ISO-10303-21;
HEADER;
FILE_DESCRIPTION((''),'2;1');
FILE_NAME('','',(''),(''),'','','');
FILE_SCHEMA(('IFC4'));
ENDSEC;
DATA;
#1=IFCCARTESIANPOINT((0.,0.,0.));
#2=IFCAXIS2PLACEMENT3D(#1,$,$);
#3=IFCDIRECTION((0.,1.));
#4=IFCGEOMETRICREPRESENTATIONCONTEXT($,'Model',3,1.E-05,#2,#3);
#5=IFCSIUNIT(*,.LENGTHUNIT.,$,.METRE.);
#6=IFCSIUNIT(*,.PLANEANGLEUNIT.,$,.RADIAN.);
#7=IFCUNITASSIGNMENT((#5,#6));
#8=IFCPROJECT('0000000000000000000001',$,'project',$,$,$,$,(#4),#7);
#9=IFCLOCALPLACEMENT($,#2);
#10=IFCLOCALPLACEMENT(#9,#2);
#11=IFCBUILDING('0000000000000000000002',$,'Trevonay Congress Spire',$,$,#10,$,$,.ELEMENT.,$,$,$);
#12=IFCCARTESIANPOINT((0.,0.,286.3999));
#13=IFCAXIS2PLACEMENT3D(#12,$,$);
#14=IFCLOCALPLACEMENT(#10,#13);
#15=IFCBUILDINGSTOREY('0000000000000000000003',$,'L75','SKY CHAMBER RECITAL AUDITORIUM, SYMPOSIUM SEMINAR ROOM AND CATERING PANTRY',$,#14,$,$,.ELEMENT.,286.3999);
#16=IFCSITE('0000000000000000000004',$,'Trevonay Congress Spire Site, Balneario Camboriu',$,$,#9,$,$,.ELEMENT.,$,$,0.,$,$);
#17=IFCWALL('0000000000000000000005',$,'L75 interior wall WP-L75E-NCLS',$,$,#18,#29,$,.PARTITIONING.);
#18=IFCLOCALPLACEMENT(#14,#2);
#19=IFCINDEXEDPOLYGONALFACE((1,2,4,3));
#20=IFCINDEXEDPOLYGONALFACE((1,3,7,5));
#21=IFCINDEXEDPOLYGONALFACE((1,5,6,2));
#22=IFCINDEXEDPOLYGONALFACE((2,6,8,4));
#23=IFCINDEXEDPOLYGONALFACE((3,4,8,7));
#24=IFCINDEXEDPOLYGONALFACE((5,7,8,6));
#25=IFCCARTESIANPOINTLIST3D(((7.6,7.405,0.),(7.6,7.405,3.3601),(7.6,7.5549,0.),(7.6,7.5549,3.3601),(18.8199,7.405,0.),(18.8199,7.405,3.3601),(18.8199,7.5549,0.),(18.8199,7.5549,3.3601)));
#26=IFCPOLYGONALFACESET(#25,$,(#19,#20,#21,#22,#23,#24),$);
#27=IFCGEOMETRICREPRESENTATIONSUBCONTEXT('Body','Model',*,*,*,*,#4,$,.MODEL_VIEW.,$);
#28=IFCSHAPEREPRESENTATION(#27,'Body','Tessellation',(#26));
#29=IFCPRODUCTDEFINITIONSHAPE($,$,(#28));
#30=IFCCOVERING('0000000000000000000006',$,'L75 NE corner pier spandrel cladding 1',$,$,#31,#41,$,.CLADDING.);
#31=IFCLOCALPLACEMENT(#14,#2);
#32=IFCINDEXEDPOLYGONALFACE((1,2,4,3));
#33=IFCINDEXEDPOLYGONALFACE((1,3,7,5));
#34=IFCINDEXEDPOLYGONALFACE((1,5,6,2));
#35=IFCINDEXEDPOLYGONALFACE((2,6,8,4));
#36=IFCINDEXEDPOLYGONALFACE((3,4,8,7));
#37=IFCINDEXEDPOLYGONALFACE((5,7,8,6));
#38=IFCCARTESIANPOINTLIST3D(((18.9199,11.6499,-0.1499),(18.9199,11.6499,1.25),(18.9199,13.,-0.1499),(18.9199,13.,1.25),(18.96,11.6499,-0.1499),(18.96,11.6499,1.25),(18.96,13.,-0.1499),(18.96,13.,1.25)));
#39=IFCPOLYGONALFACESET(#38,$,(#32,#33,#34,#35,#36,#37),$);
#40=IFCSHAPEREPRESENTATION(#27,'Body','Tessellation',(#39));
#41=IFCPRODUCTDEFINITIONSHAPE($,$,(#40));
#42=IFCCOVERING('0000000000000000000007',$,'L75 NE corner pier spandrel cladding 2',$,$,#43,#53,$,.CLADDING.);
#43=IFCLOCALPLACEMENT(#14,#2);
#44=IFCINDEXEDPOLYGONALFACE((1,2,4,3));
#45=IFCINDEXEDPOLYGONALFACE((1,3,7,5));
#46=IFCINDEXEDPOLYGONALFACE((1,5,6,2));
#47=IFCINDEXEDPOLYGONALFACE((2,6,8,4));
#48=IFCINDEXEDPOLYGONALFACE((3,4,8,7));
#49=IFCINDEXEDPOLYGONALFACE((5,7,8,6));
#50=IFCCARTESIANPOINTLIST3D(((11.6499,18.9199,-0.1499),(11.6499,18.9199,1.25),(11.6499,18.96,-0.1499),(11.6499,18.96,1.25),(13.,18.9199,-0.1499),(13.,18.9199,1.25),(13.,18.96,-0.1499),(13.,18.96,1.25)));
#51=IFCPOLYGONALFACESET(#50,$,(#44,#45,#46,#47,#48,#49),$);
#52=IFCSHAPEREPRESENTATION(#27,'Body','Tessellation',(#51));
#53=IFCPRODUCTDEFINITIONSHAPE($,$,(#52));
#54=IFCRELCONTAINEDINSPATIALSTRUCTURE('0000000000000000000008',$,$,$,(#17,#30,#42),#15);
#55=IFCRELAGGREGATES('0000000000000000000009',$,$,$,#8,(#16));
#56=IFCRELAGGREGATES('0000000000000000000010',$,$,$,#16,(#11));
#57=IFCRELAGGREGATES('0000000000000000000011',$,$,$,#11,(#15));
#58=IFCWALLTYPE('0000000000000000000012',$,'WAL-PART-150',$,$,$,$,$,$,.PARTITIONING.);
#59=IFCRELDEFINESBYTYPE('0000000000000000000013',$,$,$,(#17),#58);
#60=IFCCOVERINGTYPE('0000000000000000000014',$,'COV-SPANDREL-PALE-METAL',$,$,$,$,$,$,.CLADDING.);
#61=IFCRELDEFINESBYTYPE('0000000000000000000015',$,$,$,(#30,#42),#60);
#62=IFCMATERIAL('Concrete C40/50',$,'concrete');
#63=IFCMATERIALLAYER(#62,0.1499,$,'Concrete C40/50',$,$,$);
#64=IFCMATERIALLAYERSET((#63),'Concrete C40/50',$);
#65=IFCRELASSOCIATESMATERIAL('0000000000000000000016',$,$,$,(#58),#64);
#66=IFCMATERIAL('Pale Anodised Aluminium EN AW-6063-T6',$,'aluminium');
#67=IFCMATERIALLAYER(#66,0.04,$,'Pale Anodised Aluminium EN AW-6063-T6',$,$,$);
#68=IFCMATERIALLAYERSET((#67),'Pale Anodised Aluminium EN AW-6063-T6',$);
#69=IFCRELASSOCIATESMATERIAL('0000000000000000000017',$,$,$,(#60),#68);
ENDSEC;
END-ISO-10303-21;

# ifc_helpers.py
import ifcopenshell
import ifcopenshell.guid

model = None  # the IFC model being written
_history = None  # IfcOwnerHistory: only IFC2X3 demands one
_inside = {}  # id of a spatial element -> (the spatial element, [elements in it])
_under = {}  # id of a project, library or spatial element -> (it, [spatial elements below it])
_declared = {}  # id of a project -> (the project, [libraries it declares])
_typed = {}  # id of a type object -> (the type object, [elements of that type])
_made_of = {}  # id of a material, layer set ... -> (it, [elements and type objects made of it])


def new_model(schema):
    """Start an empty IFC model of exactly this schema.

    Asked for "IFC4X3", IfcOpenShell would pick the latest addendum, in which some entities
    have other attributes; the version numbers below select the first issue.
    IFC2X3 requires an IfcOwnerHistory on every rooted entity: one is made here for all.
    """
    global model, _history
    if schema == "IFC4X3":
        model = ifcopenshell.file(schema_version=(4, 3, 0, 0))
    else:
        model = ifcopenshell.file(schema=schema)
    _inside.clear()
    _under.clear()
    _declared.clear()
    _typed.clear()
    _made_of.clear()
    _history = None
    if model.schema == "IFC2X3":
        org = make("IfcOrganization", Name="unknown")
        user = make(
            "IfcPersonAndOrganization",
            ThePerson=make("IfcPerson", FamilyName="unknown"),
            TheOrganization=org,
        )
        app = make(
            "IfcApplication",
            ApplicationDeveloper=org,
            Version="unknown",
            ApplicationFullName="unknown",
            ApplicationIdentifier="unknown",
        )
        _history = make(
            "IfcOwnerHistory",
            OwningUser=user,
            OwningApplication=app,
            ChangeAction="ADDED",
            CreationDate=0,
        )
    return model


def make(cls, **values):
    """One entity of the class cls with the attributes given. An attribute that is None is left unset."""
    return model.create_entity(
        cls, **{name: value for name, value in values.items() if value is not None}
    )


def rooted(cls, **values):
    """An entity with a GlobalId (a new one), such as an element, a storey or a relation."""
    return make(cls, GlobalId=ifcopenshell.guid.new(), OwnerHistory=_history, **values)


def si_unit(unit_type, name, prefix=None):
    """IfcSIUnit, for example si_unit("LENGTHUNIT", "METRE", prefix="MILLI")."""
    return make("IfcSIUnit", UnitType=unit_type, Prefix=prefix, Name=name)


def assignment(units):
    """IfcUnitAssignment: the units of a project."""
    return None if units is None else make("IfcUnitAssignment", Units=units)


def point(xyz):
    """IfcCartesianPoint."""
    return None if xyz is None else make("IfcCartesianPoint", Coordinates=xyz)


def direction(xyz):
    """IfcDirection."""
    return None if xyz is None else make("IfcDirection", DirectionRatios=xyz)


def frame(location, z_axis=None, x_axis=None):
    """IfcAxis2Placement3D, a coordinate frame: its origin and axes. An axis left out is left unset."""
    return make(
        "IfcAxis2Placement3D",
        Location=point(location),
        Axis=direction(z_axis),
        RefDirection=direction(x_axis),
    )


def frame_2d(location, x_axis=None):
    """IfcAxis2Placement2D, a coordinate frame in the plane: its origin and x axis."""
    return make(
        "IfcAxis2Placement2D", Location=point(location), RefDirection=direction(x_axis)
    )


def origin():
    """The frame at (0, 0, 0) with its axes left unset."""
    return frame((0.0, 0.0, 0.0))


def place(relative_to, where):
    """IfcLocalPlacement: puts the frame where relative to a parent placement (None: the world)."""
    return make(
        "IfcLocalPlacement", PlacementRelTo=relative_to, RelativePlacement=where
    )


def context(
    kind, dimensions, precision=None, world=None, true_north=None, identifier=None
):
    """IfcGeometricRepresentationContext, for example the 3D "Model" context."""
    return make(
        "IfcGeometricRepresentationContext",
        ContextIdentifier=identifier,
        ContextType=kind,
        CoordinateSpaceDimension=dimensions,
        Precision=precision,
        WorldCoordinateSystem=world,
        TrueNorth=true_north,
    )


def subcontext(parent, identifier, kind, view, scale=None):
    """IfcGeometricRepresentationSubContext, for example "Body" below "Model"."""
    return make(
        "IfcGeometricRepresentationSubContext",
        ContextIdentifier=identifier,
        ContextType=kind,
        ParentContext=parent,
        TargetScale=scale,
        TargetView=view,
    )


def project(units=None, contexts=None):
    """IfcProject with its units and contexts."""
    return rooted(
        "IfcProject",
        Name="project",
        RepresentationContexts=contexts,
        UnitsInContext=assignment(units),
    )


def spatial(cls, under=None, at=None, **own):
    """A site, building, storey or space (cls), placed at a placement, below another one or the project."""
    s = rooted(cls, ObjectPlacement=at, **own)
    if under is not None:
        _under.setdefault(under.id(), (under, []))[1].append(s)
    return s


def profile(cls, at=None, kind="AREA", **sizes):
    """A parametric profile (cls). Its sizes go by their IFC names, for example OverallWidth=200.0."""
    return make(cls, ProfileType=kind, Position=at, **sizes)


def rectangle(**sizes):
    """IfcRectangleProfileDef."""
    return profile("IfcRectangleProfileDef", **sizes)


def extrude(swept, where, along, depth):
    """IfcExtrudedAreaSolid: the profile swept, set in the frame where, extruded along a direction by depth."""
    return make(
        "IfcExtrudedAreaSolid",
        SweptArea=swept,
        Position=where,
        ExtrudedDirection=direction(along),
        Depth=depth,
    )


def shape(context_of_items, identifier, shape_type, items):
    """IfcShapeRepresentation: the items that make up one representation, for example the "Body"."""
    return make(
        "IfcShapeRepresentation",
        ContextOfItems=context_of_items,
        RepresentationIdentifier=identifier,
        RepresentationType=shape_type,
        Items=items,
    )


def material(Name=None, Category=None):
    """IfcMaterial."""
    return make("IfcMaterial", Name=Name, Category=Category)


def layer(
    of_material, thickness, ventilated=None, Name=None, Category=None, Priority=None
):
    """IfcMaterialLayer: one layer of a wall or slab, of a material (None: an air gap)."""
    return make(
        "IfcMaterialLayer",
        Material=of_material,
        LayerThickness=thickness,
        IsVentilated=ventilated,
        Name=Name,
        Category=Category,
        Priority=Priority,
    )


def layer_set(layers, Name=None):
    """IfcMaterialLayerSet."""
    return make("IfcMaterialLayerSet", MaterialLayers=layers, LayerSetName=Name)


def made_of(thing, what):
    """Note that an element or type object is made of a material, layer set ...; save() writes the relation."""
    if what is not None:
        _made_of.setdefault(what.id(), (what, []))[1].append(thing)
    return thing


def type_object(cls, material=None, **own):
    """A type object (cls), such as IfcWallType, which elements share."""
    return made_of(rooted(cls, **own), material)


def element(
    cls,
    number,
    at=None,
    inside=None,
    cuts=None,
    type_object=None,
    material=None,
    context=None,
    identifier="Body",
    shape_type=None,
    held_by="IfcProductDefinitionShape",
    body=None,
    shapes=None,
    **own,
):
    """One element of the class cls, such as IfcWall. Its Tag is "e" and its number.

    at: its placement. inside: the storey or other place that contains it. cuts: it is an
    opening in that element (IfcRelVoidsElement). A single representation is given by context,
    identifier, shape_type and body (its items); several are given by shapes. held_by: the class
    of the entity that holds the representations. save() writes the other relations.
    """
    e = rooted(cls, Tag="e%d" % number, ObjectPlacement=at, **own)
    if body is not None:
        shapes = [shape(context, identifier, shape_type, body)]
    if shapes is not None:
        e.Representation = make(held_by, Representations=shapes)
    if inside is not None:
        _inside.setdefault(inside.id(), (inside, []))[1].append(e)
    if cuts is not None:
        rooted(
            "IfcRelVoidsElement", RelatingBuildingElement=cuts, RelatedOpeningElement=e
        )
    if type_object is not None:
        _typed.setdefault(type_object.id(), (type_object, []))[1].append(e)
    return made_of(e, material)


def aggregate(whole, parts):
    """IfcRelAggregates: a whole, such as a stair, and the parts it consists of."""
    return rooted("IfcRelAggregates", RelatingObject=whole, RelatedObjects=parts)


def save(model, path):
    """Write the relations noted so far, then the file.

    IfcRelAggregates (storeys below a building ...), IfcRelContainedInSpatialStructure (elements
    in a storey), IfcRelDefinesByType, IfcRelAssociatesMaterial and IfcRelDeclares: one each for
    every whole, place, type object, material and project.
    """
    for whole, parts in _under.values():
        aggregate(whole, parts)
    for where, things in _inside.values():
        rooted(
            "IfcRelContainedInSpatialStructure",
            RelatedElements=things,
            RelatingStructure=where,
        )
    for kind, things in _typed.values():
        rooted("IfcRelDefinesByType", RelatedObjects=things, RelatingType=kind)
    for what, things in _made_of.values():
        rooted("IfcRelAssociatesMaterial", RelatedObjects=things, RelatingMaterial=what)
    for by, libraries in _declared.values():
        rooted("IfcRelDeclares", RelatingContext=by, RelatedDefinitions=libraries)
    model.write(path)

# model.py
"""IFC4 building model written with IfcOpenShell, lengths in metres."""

from ifc_helpers import new_model, si_unit, direction, frame, frame_2d, origin, place, context, subcontext, project, spatial, rectangle, extrude, material, layer, layer_set, type_object, element, save


model = new_model("IFC4")

# Units and contexts
model_context = context("Model", 3, precision=1e-05, world=origin(), true_north=direction((0.0, 1.0)))
body_context = subcontext(model_context, "Body", "Model", "MODEL_VIEW")
ifc_project = project(units=[si_unit("LENGTHUNIT", "METRE"), si_unit("PLANEANGLEUNIT", "RADIAN")], contexts=[model_context])

# Site, building, storey
site_placement = place(None, origin())
site = spatial("IfcSite", under=ifc_project, at=site_placement, Name="Trevonay Congress Spire Site, Balneario Camboriu", CompositionType="ELEMENT", RefElevation=0.0)
building_placement = place(site_placement, origin())
building = spatial("IfcBuilding", under=site, at=building_placement, Name="Trevonay Congress Spire", CompositionType="ELEMENT")
storey_placement = place(building_placement, frame((0.0, 0.0, 286.3999)))
storey = spatial("IfcBuildingStorey", under=building, at=storey_placement, Name="L75", Description="SKY CHAMBER RECITAL AUDITORIUM, SYMPOSIUM SEMINAR ROOM AND CATERING PANTRY", CompositionType="ELEMENT", Elevation=286.3999)

# Shared definitions
ifc_material_1 = material(Name="Pale Anodised Aluminium EN AW-6063-T6", Category="aluminium")

# Wall
ifc_material_2 = material(Name="Concrete C40/50", Category="concrete")
ifc_layer_1 = layer(ifc_material_2, 0.1499, Name="Concrete C40/50")
ifc_layer_set_1 = layer_set([ifc_layer_1], Name="Concrete C40/50")
wall_type_1 = type_object("IfcWallType", Name="WAL-PART-150", PredefinedType="PARTITIONING", material=ifc_layer_set_1)
wall_1_placement = place(storey_placement, frame((7.6001, 7.48, 0.0), z_axis=(0.0, 0.0, 1.0), x_axis=(1.0, 0.0, 0.0)))
element("IfcWall", 1, at=wall_1_placement, inside=storey, type_object=wall_type_1, Name="L75 interior wall WP-L75E-NCLS", PredefinedType="PARTITIONING", context=body_context, shape_type="SweptSolid", body=[
    extrude(rectangle(XDim=11.22, YDim=0.1499, at=frame_2d((5.6099, 0.0))), origin(), (0.0, 0.0, 1.0), 3.3601),
])

# Coverings
ifc_layer_2 = layer(ifc_material_1, 0.04, Name="Pale Anodised Aluminium EN AW-6063-T6")
ifc_layer_set_2 = layer_set([ifc_layer_2], Name="Pale Anodised Aluminium EN AW-6063-T6")
covering_type = type_object("IfcCoveringType", Name="COV-SPANDREL-PALE-METAL", PredefinedType="CLADDING", material=ifc_layer_set_2)
for number, where, z_axis, x_axis, name in (
    (2, (18.9399, 11.6499, -0.1499), (0.0, 0.0, 1.0), (0.0, 1.0, 0.0), "L75 NE corner pier spandrel cladding 1"),
    (3, (11.6499, 18.9399, -0.1499), (0.0, 0.0, 1.0), (1.0, 0.0, 0.0), "L75 NE corner pier spandrel cladding 2"),
):
    element("IfcCovering", number, at=place(storey_placement, frame(where, z_axis=z_axis, x_axis=x_axis)), inside=storey, type_object=covering_type, Name=name, PredefinedType="CLADDING", context=body_context, shape_type="SweptSolid", body=[
        extrude(rectangle(XDim=1.3501, YDim=0.04, at=frame_2d((0.675, 0.0))), origin(), (0.0, 0.0, 1.0), 1.3999),
    ])

save(model, "model.ifc")
